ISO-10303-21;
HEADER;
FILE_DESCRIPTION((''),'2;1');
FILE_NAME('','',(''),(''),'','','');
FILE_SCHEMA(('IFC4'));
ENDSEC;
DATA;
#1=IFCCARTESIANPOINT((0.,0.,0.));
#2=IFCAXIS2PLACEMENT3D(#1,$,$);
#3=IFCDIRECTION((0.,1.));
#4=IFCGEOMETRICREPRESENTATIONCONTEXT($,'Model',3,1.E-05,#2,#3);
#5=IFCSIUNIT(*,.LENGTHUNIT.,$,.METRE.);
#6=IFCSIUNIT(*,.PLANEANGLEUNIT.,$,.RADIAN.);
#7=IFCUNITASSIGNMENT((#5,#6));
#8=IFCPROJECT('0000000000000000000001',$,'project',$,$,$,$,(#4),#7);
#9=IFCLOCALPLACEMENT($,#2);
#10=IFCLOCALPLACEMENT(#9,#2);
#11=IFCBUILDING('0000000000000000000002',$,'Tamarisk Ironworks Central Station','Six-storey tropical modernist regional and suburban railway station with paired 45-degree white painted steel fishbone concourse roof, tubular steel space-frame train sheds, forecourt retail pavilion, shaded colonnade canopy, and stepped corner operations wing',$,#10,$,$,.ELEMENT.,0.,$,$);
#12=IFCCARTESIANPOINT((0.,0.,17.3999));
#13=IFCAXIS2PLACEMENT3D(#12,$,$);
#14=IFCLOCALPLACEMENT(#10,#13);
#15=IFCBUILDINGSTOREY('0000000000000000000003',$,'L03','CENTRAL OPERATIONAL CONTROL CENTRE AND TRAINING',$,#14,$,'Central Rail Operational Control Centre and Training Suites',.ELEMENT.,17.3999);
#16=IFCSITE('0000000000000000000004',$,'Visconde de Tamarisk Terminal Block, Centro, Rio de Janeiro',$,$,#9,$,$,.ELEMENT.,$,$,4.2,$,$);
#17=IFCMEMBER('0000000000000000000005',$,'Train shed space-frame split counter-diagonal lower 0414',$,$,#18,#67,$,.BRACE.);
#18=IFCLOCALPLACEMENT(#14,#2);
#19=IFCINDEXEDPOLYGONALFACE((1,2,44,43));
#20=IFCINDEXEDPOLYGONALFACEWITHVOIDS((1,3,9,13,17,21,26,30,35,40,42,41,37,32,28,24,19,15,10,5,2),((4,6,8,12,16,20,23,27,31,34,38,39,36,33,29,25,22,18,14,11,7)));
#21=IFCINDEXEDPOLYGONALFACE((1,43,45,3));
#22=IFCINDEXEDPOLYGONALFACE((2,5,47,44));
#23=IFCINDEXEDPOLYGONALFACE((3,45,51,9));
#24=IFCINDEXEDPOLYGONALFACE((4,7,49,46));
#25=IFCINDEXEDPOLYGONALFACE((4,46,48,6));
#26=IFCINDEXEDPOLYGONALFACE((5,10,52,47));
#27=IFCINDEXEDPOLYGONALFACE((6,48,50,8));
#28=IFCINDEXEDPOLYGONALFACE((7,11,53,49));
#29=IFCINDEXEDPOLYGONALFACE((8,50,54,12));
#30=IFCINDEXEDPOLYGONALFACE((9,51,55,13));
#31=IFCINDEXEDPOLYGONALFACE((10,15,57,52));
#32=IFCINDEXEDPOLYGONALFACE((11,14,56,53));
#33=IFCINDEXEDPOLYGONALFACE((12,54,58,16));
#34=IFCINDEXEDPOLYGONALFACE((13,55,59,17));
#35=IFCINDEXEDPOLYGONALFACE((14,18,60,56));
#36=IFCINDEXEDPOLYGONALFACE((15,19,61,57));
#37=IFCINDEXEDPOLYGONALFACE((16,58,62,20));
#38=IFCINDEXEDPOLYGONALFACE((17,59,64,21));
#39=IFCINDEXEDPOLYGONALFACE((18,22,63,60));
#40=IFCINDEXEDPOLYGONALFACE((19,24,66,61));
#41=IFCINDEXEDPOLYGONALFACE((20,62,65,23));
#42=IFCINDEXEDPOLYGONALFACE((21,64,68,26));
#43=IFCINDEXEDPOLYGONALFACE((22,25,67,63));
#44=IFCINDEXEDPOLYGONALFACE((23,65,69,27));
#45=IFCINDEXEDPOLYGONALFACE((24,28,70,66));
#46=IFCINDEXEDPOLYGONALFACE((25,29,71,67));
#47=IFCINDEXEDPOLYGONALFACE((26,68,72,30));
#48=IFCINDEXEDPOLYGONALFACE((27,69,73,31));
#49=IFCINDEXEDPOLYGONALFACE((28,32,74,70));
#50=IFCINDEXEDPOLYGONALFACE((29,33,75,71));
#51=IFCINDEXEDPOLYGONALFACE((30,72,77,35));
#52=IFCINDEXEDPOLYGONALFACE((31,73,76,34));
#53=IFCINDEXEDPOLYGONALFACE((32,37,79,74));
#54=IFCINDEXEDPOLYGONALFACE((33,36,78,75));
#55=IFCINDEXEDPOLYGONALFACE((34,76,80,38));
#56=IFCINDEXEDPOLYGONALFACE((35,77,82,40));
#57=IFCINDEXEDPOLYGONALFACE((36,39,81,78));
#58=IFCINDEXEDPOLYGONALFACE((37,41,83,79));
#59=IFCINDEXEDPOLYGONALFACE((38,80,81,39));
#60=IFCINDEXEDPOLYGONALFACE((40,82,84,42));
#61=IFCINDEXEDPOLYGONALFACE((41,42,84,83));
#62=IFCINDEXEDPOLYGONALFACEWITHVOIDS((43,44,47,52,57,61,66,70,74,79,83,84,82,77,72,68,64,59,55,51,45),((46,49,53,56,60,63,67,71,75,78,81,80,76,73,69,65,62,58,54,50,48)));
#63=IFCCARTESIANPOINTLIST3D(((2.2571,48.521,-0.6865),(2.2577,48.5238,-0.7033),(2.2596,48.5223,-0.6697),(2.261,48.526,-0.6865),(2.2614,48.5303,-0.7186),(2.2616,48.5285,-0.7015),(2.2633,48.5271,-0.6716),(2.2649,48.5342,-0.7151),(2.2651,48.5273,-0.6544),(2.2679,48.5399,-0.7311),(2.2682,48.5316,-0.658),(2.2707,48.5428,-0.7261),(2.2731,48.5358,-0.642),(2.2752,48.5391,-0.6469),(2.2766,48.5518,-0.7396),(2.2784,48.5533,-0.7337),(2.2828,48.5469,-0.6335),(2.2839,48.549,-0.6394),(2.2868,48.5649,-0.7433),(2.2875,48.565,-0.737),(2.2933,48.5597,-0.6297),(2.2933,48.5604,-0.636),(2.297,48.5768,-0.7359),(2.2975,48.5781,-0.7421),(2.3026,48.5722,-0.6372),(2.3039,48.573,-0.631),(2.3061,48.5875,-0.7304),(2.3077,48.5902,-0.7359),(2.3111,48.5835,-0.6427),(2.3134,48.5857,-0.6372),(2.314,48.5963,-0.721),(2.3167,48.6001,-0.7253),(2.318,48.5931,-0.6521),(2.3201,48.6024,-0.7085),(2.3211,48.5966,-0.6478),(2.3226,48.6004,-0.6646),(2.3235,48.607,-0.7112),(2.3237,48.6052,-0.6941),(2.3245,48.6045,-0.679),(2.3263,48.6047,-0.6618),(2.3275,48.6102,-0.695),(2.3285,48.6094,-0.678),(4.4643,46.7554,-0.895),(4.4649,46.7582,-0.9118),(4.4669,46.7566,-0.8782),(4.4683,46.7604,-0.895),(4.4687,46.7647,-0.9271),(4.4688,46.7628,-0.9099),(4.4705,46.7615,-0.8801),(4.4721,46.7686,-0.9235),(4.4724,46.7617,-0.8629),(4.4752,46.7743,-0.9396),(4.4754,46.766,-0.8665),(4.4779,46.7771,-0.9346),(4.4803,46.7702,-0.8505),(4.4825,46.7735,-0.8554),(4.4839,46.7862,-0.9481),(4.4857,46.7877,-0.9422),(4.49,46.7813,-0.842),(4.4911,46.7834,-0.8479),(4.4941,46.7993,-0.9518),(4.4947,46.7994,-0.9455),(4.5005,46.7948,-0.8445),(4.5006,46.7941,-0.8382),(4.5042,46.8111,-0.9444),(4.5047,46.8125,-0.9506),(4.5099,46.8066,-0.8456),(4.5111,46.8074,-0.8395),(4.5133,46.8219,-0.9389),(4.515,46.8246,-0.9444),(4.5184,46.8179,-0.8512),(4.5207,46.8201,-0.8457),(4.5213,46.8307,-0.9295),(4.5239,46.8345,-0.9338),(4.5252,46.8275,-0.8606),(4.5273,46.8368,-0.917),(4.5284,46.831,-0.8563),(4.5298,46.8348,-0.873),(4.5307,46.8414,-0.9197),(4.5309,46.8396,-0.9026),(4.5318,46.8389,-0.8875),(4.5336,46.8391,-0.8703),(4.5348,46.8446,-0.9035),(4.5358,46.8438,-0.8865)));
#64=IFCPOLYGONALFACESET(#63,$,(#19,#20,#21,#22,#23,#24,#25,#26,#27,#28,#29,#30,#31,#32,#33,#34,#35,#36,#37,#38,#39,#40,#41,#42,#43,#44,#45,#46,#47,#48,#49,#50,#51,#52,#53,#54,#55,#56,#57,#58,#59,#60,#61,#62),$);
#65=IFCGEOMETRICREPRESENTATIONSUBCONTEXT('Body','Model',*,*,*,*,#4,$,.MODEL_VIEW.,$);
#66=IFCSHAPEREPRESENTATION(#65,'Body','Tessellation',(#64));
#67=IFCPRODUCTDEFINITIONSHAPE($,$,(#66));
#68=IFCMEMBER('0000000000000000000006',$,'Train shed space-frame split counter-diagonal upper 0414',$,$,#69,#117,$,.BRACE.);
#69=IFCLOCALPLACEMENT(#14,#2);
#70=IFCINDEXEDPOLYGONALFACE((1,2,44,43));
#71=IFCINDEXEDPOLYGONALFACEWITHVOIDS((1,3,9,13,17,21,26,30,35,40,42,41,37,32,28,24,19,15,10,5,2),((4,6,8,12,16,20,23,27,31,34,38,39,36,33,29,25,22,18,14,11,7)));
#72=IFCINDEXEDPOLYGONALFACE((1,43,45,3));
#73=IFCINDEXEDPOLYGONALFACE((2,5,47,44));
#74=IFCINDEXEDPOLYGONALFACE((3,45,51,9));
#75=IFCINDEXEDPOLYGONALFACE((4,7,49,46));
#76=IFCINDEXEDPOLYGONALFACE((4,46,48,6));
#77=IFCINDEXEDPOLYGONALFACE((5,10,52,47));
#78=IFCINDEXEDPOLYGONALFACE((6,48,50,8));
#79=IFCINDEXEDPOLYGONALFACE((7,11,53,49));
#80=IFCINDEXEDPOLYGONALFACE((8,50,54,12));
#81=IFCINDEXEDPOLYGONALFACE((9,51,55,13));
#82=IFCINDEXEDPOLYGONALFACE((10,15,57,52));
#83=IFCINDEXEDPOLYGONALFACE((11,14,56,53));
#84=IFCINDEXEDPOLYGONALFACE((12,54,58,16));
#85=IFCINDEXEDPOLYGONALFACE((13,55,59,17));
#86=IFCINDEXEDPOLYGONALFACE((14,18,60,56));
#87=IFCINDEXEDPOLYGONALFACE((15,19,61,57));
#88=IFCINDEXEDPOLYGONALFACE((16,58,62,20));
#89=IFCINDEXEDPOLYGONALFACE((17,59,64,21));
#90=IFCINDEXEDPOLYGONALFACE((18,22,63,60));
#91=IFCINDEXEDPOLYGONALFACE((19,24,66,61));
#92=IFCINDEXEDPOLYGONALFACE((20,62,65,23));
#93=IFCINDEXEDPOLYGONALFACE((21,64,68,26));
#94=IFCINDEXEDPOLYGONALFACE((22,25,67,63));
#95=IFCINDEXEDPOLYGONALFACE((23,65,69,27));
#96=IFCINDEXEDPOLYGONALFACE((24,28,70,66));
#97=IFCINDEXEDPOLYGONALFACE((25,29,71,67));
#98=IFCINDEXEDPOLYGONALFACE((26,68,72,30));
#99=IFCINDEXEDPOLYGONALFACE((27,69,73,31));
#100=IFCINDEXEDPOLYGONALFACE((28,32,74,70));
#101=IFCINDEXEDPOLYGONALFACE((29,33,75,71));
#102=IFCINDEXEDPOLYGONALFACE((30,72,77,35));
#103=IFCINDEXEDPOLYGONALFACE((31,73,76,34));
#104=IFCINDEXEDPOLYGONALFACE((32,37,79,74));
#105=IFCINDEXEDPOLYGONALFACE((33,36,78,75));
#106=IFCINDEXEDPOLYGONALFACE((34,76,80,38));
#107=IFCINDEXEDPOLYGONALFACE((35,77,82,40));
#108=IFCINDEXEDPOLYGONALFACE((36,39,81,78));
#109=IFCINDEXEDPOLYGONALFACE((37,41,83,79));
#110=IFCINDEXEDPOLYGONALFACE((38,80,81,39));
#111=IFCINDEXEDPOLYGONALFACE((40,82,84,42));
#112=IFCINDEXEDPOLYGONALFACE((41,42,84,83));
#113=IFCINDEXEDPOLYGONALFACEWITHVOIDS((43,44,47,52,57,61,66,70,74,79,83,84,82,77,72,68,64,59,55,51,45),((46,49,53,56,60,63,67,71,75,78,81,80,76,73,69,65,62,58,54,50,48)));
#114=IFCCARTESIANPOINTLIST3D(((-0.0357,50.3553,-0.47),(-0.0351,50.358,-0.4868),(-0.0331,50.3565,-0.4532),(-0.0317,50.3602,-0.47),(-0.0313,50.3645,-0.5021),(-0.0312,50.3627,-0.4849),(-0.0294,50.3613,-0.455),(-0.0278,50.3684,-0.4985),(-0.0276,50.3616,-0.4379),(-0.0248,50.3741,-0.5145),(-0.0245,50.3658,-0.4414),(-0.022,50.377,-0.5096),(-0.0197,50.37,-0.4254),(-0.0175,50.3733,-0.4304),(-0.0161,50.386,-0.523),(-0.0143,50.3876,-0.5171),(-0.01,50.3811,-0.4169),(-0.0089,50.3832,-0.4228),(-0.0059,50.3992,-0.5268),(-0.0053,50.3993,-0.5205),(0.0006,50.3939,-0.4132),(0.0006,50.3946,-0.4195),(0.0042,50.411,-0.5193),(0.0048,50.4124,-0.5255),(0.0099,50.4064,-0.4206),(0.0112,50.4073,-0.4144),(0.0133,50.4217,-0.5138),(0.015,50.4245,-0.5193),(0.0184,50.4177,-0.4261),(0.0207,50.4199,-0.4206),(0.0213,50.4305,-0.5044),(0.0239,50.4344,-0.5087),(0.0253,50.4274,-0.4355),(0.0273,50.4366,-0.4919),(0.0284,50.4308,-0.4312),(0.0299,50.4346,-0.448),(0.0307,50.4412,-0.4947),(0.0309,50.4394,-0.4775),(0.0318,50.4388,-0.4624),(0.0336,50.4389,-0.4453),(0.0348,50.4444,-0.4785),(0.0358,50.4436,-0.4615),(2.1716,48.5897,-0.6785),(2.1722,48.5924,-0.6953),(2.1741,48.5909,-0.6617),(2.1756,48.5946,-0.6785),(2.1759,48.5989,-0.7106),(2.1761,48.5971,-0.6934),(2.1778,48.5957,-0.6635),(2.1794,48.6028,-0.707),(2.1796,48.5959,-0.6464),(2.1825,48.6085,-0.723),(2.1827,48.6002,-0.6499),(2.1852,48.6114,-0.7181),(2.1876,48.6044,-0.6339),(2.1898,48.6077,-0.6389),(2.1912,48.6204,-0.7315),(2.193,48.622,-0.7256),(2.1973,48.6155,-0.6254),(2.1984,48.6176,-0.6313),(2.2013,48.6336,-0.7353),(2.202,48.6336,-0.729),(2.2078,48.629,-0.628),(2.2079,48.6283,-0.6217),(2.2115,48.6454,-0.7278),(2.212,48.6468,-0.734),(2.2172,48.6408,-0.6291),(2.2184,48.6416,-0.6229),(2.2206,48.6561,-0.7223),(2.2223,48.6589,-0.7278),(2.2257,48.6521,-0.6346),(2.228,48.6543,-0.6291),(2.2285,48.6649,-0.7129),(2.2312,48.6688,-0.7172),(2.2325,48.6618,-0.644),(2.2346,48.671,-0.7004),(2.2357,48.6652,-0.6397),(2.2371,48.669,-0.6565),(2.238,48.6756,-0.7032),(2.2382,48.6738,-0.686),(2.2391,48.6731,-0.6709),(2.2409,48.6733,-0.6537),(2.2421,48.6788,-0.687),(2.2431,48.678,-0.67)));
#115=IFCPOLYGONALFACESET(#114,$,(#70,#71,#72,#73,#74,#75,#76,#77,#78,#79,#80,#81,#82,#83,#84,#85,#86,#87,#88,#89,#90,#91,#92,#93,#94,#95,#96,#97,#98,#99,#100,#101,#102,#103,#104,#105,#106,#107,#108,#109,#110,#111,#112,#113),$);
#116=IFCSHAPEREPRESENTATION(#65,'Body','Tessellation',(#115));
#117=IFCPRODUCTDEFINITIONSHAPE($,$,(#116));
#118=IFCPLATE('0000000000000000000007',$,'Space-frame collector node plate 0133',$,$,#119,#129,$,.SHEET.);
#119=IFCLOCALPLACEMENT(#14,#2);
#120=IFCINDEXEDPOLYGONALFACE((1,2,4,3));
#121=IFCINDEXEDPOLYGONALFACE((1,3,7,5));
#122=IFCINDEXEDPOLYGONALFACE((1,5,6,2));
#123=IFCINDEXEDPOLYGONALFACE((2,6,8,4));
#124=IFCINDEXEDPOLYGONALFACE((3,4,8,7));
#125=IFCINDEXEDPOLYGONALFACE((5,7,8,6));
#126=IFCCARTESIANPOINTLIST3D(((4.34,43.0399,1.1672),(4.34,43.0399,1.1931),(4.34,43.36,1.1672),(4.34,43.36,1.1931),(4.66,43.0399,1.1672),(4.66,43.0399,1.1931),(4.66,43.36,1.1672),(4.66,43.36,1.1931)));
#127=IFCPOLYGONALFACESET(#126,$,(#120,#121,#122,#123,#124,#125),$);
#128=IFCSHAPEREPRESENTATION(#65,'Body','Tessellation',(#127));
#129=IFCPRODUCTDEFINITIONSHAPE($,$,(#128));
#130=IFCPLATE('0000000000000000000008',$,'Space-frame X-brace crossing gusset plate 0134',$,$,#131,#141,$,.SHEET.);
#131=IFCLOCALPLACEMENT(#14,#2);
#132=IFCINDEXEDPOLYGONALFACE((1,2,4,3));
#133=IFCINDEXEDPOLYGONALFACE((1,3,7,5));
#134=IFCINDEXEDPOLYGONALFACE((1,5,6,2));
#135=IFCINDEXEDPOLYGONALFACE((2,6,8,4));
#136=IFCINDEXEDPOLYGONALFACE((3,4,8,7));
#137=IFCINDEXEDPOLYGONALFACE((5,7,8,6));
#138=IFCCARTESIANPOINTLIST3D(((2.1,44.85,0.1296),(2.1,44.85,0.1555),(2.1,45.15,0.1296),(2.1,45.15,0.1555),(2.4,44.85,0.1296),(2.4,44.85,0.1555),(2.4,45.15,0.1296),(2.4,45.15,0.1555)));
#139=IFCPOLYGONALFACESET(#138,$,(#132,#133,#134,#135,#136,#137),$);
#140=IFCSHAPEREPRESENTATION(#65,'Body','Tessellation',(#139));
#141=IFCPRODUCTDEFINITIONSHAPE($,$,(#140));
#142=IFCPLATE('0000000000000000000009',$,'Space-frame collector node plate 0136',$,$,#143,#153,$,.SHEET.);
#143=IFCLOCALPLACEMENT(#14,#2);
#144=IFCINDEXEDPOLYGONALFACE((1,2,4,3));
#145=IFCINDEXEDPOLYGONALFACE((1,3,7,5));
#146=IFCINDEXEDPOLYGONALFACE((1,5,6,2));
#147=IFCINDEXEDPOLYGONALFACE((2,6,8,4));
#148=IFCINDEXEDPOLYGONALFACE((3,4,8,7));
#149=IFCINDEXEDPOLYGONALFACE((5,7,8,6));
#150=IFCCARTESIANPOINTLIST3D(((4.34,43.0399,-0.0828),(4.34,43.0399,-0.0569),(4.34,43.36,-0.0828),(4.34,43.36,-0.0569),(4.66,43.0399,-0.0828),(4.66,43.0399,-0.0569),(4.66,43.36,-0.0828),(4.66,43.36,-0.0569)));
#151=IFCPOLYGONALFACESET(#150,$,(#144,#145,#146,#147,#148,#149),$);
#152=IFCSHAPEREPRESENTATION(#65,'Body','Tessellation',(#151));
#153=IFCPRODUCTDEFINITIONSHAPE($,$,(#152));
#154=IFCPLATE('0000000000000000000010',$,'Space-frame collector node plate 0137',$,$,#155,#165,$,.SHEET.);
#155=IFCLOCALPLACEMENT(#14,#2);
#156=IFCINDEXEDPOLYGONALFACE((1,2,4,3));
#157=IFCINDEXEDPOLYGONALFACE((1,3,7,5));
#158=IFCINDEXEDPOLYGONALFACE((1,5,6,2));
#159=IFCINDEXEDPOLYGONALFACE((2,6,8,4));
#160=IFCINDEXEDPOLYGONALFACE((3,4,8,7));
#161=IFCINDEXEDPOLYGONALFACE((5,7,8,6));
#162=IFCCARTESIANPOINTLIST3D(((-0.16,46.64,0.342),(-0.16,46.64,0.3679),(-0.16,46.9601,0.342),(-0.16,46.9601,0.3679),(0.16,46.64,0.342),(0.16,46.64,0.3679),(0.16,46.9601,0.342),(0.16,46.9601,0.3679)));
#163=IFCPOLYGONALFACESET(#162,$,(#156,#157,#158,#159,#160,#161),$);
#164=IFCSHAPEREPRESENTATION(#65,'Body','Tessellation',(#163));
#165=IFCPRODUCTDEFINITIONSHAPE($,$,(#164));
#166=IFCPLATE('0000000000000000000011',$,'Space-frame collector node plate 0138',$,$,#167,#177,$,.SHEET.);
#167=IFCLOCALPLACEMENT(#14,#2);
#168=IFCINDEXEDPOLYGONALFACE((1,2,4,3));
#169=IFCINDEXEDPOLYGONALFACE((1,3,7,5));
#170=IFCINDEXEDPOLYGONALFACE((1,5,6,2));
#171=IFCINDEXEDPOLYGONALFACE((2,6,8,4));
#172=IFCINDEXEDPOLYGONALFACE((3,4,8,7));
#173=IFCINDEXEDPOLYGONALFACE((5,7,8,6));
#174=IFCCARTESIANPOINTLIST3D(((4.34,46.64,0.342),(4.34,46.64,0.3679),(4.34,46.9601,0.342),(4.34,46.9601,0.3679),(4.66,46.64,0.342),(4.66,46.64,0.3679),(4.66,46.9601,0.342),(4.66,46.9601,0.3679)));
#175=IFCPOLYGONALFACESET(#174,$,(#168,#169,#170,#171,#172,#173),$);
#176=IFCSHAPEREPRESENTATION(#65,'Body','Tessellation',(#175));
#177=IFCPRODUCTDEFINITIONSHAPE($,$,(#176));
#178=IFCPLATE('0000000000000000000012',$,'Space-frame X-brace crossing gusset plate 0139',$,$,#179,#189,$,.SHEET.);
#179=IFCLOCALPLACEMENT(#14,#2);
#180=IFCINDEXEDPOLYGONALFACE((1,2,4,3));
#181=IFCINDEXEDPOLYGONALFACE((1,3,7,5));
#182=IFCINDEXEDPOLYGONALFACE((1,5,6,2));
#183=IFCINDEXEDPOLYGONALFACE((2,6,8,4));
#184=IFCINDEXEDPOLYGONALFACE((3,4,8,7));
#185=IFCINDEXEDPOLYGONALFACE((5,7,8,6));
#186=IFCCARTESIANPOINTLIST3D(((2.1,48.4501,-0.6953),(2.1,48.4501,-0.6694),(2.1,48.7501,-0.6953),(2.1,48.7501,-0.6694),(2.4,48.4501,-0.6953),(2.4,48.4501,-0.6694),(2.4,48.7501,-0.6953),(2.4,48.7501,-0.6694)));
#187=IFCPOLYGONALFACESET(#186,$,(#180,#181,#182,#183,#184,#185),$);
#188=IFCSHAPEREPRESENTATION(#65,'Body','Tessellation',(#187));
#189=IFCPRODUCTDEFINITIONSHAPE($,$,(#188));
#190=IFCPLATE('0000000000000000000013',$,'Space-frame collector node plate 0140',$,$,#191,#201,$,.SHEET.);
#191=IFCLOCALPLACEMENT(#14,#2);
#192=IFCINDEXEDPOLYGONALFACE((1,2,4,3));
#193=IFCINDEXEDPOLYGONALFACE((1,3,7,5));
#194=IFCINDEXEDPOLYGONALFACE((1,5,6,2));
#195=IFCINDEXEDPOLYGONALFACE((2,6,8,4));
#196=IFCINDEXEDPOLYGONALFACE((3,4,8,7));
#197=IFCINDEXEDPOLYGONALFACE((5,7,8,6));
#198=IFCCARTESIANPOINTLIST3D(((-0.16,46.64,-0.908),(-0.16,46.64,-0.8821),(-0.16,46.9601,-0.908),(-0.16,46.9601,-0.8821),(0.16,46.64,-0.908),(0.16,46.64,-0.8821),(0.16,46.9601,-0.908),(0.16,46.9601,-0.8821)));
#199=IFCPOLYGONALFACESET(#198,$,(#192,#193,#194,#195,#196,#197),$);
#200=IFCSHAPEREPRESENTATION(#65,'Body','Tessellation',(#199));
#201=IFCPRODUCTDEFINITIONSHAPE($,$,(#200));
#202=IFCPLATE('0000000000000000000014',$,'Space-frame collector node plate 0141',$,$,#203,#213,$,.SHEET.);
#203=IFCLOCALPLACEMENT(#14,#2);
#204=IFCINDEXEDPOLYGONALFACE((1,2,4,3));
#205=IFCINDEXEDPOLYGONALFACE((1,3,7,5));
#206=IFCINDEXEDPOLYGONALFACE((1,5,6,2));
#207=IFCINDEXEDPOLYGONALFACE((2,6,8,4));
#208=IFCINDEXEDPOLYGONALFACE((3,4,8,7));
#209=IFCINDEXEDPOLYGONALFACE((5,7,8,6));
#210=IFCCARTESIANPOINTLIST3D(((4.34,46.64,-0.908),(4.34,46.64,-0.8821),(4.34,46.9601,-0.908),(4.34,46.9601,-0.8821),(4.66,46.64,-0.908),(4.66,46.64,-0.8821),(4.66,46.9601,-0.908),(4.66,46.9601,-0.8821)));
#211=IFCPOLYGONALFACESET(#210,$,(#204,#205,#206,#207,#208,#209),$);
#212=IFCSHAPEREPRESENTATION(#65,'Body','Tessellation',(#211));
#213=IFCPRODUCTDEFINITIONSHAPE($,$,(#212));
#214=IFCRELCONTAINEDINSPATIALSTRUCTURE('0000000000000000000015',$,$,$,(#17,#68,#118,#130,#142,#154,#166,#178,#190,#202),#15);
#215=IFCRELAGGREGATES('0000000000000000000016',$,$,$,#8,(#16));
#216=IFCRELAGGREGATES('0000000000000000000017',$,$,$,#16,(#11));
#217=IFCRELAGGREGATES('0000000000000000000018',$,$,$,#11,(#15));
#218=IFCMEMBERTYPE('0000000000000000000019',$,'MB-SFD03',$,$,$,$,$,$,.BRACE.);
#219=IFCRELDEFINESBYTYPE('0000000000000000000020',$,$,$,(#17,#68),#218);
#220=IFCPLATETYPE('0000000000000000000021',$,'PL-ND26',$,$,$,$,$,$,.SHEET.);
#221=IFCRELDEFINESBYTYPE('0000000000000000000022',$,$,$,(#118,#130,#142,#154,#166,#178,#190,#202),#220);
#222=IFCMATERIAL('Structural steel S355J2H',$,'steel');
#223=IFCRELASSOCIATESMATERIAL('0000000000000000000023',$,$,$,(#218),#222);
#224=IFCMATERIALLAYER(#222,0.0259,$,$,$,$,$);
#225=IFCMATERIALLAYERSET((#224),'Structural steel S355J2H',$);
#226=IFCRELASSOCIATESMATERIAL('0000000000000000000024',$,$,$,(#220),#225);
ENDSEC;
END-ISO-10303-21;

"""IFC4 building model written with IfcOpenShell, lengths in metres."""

from ifc_helpers import new_model, si_unit, direction, frame, origin, origin_2d, place, context, subcontext, project, spatial, rectangle, hollow_circle, extrude, material, layer, layer_set, material_profile, profile_set, type_object, element, save


model = new_model("IFC4")

# Units and contexts
model_context = context("Model", 3, precision=1e-05, world=origin(), true_north=direction((0.0, 1.0)))
body_context = subcontext(model_context, "Body", "Model", "MODEL_VIEW")
ifc_project = project(units=[si_unit("LENGTHUNIT", "METRE"), si_unit("PLANEANGLEUNIT", "RADIAN")], contexts=[model_context])

# Site, building, storey
site_placement = place(None, origin())
site = spatial("IfcSite", under=ifc_project, at=site_placement, Name="Visconde de Tamarisk Terminal Block, Centro, Rio de Janeiro", CompositionType="ELEMENT", RefElevation=4.2)
building_placement = place(site_placement, origin())
building = spatial("IfcBuilding", under=site, at=building_placement, Name="Tamarisk Ironworks Central Station", Description="Six-storey tropical modernist regional and suburban railway station with paired 45-degree white painted steel fishbone concourse roof, tubular steel space-frame train sheds, forecourt retail pavilion, shaded colonnade canopy, and stepped corner operations wing", CompositionType="ELEMENT", ElevationOfRefHeight=0.0)
storey_placement = place(building_placement, frame((0.0, 0.0, 17.3999)))
storey = spatial("IfcBuildingStorey", under=building, at=storey_placement, Name="L03", Description="CENTRAL OPERATIONAL CONTROL CENTRE AND TRAINING", LongName="Central Rail Operational Control Centre and Training Suites", CompositionType="ELEMENT", Elevation=17.3999)

# Members
ifc_material_1 = material(Name="Structural steel S355J2H", Category="steel")
ifc_material_profile_1 = material_profile(ifc_material_1, hollow_circle(Radius=0.0571, WallThickness=0.0063, at=origin_2d()), Name="CHS 114.3x6.3")
ifc_profile_set_1 = profile_set([ifc_material_profile_1], Name="Structural steel S355J2H")
member_type_1 = type_object("IfcMemberType", Name="MB-SFD03", PredefinedType="BRACE", material=ifc_profile_set_1)
for number, where, z_axis, x_axis, name in (
    (1, (4.5, 46.8, -0.895), (-0.778787, 0.62296, 0.073563), (-0.624653, -0.780903, 0.0), "Train shed space-frame split counter-diagonal lower 0414"),
    (2, (2.2073, 48.6343, -0.6785), (-0.778787, 0.62296, 0.073563), (-0.624653, -0.780903, 0.0), "Train shed space-frame split counter-diagonal upper 0414"),
):
    element("IfcMember", number, at=place(storey_placement, frame(where, z_axis=z_axis, x_axis=x_axis)), inside=storey, type_object=member_type_1, Name=name, PredefinedType="BRACE", context=body_context, shape_type="SweptSolid", body=[
        extrude(hollow_circle(Radius=0.0571, WallThickness=0.0063, at=origin_2d()), origin(), (0.0, 0.0, 1.0), 2.8342),
    ])

# Plates
ifc_layer_1 = layer(ifc_material_1, 0.0259)
ifc_layer_set_1 = layer_set([ifc_layer_1], Name="Structural steel S355J2H")
plate_type = type_object("IfcPlateType", Name="PL-ND26", PredefinedType="SHEET", material=ifc_layer_set_1)
plate_1_placement = place(storey_placement, frame((4.5, 43.2, 1.1672), z_axis=(0.0, 0.0, 1.0), x_axis=(1.0, 0.0, 0.0)))
element("IfcPlate", 3, at=plate_1_placement, inside=storey, type_object=plate_type, Name="Space-frame collector node plate 0133", PredefinedType="SHEET", context=body_context, shape_type="SweptSolid", body=[
    extrude(rectangle(XDim=0.3201, YDim=0.3201, at=origin_2d()), origin(), (0.0, 0.0, 1.0), 0.0259),
])
plate_2_placement = place(storey_placement, frame((2.25, 45.0, 0.1296), z_axis=(0.0, 0.0, 1.0), x_axis=(1.0, 0.0, 0.0)))
element("IfcPlate", 4, at=plate_2_placement, inside=storey, type_object=plate_type, Name="Space-frame X-brace crossing gusset plate 0134", PredefinedType="SHEET", context=body_context, shape_type="SweptSolid", body=[
    extrude(rectangle(XDim=0.3, YDim=0.3, at=origin_2d()), origin(), (0.0, 0.0, 1.0), 0.0259),
])
for number, where, z_axis, x_axis, name in (
    (5, (4.5, 43.2, -0.0828), (0.0, 0.0, 1.0), (1.0, 0.0, 0.0), "Space-frame collector node plate 0136"),
    (6, (0.0, 46.8, 0.342), (0.0, 0.0, 1.0), (1.0, 0.0, 0.0), "Space-frame collector node plate 0137"),
    (7, (4.5, 46.8, 0.342), (0.0, 0.0, 1.0), (1.0, 0.0, 0.0), "Space-frame collector node plate 0138"),
):
    element("IfcPlate", number, at=place(storey_placement, frame(where, z_axis=z_axis, x_axis=x_axis)), inside=storey, type_object=plate_type, Name=name, PredefinedType="SHEET", context=body_context, shape_type="SweptSolid", body=[
        extrude(rectangle(XDim=0.3201, YDim=0.3201, at=origin_2d()), origin(), (0.0, 0.0, 1.0), 0.0259),
    ])
plate_3_placement = place(storey_placement, frame((2.25, 48.6001, -0.6953), z_axis=(0.0, 0.0, 1.0), x_axis=(1.0, 0.0, 0.0)))
element("IfcPlate", 8, at=plate_3_placement, inside=storey, type_object=plate_type, Name="Space-frame X-brace crossing gusset plate 0139", PredefinedType="SHEET", context=body_context, shape_type="SweptSolid", body=[
    extrude(rectangle(XDim=0.3, YDim=0.3, at=origin_2d()), origin(), (0.0, 0.0, 1.0), 0.0259),
])
for number, where, z_axis, x_axis, name in (
    (9, (0.0, 46.8, -0.908), (0.0, 0.0, 1.0), (1.0, 0.0, 0.0), "Space-frame collector node plate 0140"),
    (10, (4.5, 46.8, -0.908), (0.0, 0.0, 1.0), (1.0, 0.0, 0.0), "Space-frame collector node plate 0141"),
):
    element("IfcPlate", number, at=place(storey_placement, frame(where, z_axis=z_axis, x_axis=x_axis)), inside=storey, type_object=plate_type, Name=name, PredefinedType="SHEET", context=body_context, shape_type="SweptSolid", body=[
        extrude(rectangle(XDim=0.3201, YDim=0.3201, at=origin_2d()), origin(), (0.0, 0.0, 1.0), 0.0259),
    ])

save(model, "model.ifc")
